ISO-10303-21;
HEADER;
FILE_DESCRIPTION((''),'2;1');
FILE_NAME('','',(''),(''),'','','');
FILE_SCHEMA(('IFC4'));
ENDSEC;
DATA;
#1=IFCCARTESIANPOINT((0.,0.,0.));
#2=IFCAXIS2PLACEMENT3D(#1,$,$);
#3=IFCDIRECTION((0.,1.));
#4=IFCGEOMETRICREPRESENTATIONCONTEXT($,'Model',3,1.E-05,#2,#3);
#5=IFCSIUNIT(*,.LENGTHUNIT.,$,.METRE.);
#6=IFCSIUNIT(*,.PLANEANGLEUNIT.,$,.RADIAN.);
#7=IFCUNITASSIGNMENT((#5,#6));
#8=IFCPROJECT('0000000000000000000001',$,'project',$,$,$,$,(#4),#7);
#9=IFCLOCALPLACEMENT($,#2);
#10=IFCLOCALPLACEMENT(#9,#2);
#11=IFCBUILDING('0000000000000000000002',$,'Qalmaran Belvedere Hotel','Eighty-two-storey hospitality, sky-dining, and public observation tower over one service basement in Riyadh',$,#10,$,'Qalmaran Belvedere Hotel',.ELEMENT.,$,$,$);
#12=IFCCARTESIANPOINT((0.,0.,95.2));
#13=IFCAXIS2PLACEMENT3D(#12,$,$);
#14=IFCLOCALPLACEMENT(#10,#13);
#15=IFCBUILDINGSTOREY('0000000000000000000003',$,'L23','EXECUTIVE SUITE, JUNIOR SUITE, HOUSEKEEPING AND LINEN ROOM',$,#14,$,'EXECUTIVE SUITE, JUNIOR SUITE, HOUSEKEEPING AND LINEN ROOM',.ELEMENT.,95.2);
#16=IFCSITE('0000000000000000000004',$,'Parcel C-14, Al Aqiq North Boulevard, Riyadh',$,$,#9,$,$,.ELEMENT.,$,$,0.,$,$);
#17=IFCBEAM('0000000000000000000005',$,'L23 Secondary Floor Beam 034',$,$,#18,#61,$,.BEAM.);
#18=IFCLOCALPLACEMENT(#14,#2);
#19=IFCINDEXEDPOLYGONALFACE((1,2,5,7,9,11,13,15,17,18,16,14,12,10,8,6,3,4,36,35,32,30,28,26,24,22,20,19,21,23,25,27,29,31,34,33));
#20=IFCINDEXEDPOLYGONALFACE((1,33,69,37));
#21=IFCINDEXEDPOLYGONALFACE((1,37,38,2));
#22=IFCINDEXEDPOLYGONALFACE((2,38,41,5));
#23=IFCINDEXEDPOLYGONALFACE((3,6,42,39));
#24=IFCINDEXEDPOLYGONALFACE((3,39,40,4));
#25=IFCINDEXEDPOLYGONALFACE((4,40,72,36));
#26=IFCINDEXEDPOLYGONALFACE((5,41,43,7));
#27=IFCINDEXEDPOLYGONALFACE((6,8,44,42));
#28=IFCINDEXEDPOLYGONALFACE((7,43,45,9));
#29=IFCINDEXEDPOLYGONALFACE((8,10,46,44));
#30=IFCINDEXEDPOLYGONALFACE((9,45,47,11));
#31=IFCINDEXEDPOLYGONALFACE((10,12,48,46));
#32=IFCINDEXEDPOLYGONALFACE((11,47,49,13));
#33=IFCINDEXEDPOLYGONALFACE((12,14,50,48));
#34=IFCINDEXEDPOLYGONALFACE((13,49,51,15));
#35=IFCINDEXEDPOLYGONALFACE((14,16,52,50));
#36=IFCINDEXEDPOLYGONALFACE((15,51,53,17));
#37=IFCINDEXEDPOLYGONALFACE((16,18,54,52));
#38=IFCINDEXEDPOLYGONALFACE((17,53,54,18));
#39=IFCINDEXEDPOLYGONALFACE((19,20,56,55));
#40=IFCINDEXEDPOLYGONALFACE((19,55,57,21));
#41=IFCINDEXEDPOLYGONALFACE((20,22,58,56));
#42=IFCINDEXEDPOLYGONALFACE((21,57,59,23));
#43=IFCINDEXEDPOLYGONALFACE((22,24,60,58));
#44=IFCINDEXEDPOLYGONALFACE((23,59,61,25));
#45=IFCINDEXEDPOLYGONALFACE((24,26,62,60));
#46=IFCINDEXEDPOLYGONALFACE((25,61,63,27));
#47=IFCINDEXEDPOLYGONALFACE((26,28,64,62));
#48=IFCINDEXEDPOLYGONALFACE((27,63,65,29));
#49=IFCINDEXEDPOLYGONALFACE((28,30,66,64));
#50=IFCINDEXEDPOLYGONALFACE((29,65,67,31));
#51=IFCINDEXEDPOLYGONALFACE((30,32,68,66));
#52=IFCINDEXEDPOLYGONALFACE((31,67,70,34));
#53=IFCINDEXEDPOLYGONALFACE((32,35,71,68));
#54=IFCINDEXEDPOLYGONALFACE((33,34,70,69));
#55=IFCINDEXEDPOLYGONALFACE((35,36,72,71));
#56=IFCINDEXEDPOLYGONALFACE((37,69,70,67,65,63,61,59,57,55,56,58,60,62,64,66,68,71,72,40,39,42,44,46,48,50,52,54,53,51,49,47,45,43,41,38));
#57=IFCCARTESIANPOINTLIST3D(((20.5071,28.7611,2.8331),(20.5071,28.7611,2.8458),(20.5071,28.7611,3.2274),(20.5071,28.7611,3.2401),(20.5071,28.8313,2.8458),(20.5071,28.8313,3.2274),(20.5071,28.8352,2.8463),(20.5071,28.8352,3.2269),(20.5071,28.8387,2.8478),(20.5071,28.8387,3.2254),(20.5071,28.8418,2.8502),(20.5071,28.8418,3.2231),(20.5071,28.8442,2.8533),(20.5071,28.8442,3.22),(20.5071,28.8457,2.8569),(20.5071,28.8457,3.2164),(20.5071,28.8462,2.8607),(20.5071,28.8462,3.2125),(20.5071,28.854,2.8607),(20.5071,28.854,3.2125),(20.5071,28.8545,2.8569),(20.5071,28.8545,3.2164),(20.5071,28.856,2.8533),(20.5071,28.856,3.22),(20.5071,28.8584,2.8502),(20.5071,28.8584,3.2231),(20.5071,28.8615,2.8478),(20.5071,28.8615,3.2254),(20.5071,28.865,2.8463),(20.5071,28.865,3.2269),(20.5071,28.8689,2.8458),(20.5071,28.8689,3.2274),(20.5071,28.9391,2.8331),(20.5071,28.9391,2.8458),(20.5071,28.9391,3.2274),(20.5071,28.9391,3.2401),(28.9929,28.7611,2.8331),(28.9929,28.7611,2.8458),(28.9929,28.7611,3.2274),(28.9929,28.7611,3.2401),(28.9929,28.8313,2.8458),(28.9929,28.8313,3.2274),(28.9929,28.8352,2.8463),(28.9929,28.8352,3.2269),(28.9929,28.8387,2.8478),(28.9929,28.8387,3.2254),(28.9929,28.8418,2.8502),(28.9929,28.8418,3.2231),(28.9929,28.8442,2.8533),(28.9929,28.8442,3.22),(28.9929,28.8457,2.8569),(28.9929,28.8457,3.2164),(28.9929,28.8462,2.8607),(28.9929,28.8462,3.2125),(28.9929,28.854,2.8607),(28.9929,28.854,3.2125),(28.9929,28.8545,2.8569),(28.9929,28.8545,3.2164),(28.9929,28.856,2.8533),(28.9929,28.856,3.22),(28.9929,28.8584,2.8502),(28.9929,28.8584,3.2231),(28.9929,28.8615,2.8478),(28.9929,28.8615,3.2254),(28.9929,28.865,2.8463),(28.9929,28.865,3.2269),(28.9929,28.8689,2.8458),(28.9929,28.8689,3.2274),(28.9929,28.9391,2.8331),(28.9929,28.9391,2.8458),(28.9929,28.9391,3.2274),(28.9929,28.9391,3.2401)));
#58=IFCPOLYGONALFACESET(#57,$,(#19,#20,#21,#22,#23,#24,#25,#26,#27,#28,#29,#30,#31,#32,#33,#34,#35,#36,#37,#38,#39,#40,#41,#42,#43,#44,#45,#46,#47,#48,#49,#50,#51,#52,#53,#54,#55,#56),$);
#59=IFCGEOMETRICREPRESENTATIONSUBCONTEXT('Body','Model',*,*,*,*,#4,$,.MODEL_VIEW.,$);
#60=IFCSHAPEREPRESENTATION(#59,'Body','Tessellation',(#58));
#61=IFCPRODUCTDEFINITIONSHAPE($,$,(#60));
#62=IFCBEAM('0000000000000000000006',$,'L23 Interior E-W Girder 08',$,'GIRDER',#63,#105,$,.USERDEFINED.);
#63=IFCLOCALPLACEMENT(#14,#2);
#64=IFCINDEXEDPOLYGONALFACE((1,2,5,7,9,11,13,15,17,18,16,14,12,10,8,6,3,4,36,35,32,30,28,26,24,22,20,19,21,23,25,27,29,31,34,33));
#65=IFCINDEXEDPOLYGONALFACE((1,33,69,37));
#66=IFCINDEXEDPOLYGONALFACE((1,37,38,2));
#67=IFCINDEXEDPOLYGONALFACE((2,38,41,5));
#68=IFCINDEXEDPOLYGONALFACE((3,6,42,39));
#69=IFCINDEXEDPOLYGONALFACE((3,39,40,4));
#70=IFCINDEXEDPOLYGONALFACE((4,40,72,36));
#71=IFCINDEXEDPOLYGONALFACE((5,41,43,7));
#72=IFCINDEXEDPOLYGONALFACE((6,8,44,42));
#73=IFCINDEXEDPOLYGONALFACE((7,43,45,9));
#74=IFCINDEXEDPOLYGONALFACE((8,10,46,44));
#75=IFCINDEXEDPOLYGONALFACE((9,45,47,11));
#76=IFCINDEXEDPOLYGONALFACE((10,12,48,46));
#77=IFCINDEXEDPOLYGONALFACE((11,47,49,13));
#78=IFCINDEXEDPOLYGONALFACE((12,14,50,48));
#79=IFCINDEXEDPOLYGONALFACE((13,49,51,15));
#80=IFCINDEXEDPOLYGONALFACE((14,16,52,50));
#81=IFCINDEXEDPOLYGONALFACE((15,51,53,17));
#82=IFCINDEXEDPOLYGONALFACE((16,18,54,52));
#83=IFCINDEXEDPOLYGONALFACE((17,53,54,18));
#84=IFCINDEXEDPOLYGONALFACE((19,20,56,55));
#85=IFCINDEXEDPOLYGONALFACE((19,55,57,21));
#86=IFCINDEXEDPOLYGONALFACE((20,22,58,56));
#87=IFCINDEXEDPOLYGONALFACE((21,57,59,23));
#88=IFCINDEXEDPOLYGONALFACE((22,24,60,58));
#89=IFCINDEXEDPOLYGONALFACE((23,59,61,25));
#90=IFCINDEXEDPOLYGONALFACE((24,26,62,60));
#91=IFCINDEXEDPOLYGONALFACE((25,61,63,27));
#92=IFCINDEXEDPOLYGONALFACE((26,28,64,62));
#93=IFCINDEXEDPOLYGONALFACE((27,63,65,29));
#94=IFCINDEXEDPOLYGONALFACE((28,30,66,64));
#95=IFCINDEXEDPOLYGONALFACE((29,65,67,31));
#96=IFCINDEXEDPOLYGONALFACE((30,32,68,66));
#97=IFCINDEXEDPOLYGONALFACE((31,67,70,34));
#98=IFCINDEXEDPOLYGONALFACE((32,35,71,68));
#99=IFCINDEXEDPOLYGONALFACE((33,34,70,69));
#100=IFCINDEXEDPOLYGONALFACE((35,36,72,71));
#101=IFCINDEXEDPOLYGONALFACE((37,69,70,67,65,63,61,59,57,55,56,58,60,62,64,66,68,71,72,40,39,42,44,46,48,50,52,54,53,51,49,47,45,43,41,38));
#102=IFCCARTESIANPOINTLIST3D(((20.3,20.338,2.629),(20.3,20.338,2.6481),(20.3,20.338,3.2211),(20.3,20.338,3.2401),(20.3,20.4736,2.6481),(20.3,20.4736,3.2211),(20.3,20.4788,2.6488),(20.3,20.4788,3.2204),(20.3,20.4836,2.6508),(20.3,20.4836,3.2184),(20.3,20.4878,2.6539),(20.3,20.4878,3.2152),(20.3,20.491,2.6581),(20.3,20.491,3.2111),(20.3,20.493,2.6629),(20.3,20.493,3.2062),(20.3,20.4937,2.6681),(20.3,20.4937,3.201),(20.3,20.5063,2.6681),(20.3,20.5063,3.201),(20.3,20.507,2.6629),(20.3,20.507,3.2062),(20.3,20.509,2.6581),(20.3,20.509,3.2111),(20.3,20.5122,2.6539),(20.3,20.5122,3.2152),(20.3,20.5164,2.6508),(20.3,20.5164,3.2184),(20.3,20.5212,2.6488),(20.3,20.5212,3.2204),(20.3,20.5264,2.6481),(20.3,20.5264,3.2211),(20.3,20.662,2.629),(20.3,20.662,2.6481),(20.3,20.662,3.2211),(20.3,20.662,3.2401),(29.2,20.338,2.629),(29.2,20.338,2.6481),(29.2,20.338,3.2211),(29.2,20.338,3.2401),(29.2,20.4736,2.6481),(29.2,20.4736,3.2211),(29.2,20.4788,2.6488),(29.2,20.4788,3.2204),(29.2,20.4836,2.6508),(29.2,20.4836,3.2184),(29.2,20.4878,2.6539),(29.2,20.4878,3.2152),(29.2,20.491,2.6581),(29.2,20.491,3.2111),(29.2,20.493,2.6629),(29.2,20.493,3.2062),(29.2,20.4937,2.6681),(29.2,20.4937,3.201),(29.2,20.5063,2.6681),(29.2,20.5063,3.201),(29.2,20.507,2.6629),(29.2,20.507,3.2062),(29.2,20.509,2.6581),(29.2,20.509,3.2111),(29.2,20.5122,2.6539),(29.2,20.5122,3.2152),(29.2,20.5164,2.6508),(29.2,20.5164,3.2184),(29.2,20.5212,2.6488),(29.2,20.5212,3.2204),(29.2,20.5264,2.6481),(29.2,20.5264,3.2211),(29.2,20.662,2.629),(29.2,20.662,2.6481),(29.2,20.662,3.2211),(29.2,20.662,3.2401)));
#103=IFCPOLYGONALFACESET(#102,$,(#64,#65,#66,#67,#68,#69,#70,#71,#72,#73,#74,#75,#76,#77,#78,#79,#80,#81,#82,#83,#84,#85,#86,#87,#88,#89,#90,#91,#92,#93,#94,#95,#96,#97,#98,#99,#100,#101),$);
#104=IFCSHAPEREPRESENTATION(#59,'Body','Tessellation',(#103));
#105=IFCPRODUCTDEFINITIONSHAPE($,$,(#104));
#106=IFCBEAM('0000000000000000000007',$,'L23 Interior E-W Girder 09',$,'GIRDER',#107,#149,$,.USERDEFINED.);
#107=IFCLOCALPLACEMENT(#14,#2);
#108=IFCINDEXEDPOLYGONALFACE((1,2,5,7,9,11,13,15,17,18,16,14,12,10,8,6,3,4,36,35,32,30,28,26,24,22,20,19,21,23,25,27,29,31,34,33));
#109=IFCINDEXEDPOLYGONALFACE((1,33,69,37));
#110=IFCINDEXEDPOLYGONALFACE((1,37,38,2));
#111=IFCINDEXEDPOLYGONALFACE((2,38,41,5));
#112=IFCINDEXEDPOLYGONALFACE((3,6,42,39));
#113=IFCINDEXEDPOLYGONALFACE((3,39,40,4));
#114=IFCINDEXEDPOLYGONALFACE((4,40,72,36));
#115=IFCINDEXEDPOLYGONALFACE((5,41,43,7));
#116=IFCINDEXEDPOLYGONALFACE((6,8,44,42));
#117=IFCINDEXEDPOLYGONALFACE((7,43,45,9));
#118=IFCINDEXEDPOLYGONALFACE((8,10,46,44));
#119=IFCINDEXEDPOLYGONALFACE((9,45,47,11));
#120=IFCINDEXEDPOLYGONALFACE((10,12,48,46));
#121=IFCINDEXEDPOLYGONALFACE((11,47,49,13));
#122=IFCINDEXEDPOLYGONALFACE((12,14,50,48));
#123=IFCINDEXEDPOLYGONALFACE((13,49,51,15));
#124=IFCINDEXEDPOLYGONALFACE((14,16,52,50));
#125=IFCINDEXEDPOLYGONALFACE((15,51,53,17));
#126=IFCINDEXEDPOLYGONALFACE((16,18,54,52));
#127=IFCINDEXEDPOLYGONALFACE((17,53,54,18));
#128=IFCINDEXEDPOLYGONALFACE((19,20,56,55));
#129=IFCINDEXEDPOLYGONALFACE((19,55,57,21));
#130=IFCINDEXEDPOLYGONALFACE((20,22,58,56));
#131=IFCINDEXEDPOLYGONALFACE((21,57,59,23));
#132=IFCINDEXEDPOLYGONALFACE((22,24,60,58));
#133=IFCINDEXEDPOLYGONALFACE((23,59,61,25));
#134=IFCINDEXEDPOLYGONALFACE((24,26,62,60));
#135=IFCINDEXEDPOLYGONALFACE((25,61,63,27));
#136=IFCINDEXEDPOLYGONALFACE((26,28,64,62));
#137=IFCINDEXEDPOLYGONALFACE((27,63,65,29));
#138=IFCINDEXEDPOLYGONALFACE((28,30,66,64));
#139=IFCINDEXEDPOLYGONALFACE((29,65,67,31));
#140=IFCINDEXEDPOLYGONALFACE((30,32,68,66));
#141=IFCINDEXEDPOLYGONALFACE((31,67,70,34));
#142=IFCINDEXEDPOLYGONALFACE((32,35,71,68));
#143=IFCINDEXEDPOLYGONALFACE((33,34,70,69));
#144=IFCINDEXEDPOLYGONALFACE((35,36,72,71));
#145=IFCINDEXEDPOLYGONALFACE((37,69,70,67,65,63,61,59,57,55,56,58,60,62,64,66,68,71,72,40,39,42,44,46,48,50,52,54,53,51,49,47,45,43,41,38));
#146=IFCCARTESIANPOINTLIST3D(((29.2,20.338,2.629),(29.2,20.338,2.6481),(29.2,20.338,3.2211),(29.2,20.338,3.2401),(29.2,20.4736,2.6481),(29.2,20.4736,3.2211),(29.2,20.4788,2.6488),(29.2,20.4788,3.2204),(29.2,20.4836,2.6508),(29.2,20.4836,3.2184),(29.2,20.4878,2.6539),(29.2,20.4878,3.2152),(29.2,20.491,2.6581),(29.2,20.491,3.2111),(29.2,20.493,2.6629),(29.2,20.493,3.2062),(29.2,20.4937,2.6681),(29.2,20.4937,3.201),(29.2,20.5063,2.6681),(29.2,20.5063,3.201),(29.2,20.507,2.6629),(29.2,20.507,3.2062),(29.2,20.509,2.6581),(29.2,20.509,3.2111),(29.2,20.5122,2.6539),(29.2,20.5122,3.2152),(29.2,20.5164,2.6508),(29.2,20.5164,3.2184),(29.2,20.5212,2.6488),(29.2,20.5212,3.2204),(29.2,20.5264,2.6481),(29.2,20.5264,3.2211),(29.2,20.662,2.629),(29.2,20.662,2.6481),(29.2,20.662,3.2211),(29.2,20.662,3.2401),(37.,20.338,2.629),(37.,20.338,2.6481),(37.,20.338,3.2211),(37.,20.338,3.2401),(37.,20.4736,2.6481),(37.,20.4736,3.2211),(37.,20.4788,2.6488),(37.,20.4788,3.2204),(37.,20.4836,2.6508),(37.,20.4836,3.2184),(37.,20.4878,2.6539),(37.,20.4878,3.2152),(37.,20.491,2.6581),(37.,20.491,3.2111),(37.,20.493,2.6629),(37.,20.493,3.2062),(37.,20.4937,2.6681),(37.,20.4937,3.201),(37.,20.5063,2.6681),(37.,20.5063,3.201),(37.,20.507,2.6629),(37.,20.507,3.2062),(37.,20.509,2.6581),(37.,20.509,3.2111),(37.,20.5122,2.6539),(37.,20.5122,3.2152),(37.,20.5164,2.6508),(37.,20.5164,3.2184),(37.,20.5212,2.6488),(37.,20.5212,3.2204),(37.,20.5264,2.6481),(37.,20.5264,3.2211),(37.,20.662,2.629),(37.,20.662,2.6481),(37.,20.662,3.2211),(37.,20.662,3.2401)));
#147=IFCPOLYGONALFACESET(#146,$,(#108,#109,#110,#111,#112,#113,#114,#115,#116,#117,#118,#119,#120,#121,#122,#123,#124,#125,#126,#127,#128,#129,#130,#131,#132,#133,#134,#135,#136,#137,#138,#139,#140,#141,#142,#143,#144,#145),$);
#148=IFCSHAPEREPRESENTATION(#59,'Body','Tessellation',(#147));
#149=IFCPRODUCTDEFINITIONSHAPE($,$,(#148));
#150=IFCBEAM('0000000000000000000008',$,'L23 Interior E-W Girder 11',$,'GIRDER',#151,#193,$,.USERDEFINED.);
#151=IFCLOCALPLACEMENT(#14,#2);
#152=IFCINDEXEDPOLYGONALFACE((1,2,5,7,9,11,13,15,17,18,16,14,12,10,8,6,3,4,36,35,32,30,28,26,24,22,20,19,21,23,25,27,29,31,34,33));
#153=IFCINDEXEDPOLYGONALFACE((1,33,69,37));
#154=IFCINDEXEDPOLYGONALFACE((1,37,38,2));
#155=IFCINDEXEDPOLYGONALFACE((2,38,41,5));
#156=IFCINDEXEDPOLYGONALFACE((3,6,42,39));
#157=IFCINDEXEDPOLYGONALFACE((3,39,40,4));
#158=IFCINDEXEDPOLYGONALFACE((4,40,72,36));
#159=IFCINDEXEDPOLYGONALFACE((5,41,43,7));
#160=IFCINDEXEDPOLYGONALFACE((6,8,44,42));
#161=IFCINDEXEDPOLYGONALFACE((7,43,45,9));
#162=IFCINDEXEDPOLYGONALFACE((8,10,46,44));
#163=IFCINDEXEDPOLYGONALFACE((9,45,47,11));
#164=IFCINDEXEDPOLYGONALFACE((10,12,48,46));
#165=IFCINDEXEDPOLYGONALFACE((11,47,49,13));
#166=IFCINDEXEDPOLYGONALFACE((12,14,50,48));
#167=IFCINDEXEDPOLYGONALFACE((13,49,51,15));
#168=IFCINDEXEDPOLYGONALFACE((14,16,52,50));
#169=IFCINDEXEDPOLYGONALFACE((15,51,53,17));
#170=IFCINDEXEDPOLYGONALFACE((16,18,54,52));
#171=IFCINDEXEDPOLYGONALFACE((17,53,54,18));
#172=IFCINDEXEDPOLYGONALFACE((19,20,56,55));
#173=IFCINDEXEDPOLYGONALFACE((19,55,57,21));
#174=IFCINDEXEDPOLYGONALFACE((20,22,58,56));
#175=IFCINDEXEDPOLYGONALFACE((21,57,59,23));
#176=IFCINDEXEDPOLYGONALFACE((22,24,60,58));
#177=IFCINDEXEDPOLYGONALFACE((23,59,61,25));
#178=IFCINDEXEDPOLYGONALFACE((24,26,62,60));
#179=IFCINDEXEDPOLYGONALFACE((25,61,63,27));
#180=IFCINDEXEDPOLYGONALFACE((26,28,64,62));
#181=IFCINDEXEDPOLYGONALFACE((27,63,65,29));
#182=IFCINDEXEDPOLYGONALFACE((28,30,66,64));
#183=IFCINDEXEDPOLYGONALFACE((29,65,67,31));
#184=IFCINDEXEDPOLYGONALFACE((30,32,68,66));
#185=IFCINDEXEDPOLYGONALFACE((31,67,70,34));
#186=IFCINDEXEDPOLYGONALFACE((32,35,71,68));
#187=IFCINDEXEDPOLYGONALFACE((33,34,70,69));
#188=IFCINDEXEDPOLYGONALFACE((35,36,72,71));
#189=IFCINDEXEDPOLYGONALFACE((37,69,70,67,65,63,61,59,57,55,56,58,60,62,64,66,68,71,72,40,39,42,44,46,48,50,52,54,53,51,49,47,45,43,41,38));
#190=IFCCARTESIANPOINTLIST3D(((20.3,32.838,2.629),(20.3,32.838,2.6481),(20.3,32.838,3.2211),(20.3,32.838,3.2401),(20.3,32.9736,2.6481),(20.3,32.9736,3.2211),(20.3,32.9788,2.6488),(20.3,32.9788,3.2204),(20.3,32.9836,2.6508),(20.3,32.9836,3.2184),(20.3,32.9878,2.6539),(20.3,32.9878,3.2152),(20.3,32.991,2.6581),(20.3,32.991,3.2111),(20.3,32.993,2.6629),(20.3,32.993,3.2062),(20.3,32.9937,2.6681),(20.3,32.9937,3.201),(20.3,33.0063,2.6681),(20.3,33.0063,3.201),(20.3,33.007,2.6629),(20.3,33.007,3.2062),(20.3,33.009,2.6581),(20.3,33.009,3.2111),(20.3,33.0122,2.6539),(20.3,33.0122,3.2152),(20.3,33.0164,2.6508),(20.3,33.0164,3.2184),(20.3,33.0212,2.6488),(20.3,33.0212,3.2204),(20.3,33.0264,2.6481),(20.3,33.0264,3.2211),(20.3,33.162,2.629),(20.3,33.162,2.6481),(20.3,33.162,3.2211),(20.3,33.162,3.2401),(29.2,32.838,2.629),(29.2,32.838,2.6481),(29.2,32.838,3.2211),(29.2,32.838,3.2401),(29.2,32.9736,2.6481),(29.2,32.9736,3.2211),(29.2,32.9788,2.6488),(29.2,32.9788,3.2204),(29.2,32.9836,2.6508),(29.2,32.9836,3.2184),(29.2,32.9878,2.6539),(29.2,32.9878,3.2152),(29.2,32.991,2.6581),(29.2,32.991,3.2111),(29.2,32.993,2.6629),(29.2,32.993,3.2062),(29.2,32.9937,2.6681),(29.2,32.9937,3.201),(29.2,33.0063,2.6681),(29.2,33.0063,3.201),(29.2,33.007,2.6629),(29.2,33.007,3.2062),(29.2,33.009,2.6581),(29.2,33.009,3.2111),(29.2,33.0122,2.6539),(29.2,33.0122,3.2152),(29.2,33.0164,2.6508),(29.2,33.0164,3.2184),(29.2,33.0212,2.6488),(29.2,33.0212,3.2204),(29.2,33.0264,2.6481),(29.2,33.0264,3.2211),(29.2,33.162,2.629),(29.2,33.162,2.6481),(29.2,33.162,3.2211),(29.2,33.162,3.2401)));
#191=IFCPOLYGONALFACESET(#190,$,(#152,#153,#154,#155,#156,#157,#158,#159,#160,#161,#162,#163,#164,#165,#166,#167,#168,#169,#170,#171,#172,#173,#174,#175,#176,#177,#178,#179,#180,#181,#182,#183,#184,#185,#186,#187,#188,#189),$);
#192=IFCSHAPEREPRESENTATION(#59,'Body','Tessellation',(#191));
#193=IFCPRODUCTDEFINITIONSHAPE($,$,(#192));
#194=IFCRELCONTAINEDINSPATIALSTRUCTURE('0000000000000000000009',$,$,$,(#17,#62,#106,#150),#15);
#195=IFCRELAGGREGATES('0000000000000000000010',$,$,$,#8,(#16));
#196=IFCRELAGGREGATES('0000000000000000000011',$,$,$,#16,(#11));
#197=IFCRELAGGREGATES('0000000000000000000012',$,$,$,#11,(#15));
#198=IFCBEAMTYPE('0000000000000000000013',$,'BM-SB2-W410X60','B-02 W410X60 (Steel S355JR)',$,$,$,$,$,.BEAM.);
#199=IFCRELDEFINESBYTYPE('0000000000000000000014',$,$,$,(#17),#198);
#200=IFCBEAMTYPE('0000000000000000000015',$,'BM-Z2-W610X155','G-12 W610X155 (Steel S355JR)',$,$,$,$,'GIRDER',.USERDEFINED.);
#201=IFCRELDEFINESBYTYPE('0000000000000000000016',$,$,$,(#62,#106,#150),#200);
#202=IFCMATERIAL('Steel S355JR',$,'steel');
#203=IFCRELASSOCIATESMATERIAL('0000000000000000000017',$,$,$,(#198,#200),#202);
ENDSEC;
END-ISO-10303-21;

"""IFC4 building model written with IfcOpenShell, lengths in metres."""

from ifc_helpers import new_model, si_unit, direction, frame, origin, origin_2d, place, context, subcontext, project, spatial, i_section, extrude, material, material_profile, profile_set, type_object, element, save


model = new_model("IFC4")

# Units and contexts
model_context = context("Model", 3, precision=1e-05, world=origin(), true_north=direction((0.0, 1.0)))
body_context = subcontext(model_context, "Body", "Model", "MODEL_VIEW")
ifc_project = project(units=[si_unit("LENGTHUNIT", "METRE"), si_unit("PLANEANGLEUNIT", "RADIAN")], contexts=[model_context])

# Site, building, storey
site_placement = place(None, origin())
site = spatial("IfcSite", under=ifc_project, at=site_placement, Name="Parcel C-14, Al Aqiq North Boulevard, Riyadh", CompositionType="ELEMENT", RefElevation=0.0)
building_placement = place(site_placement, origin())
building = spatial("IfcBuilding", under=site, at=building_placement, Name="Qalmaran Belvedere Hotel", Description="Eighty-two-storey hospitality, sky-dining, and public observation tower over one service basement in Riyadh", LongName="Qalmaran Belvedere Hotel", CompositionType="ELEMENT")
storey_placement = place(building_placement, frame((0.0, 0.0, 95.2)))
storey = spatial("IfcBuildingStorey", under=building, at=storey_placement, Name="L23", Description="EXECUTIVE SUITE, JUNIOR SUITE, HOUSEKEEPING AND LINEN ROOM", LongName="EXECUTIVE SUITE, JUNIOR SUITE, HOUSEKEEPING AND LINEN ROOM", CompositionType="ELEMENT", Elevation=95.2)

# Beams
ifc_material_1 = material(Name="Steel S355JR", Category="steel")
ifc_material_profile_1 = material_profile(ifc_material_1, i_section(OverallWidth=0.178, OverallDepth=0.407, WebThickness=0.0078, FlangeThickness=0.0127, FilletRadius=0.0149, at=origin_2d()), Name="W410X60")
ifc_profile_set_1 = profile_set([ifc_material_profile_1], Name="Steel S355JR")
beam_type_1 = type_object("IfcBeamType", Name="BM-SB2-W410X60", Description="B-02 W410X60 (Steel S355JR)", PredefinedType="BEAM", material=ifc_profile_set_1)
for number, where, z_axis, x_axis, name in (
    (1, (20.5071, 28.8501, 3.0366), (1.0, 0.0, 0.0), (0.0, 1.0, 0.0), "L23 Secondary Floor Beam 034"),
):
    element("IfcBeam", number, at=place(storey_placement, frame(where, z_axis=z_axis, x_axis=x_axis)), inside=storey, type_object=beam_type_1, Name=name, PredefinedType="BEAM", context=body_context, shape_type="SweptSolid", body=[
        extrude(i_section(OverallWidth=0.178, OverallDepth=0.407, WebThickness=0.0078, FlangeThickness=0.0127, FilletRadius=0.0149, at=origin_2d()), origin(), (0.0, 0.0, 1.0), 8.4858),
    ])
ifc_material_profile_2 = material_profile(ifc_material_1, i_section(OverallWidth=0.324, OverallDepth=0.6111, WebThickness=0.0127, FlangeThickness=0.019, FilletRadius=0.02, at=origin_2d()), Name="W610X155")
ifc_profile_set_2 = profile_set([ifc_material_profile_2], Name="Steel S355JR")
beam_type_2 = type_object("IfcBeamType", Name="BM-Z2-W610X155", Description="G-12 W610X155 (Steel S355JR)", ElementType="GIRDER", PredefinedType="USERDEFINED", material=ifc_profile_set_2)
beam_1_placement = place(storey_placement, frame((20.3, 20.5, 2.9346), z_axis=(1.0, 0.0, 0.0), x_axis=(0.0, 1.0, 0.0)))
element("IfcBeam", 2, at=beam_1_placement, inside=storey, type_object=beam_type_2, Name="L23 Interior E-W Girder 08", ObjectType="GIRDER", PredefinedType="USERDEFINED", context=body_context, shape_type="SweptSolid", body=[
    extrude(i_section(OverallWidth=0.324, OverallDepth=0.6111, WebThickness=0.0127, FlangeThickness=0.019, FilletRadius=0.02, at=origin_2d()), origin(), (0.0, 0.0, 1.0), 8.8999),
])
beam_2_placement = place(storey_placement, frame((29.2, 20.5, 2.9346), z_axis=(1.0, 0.0, 0.0), x_axis=(0.0, 1.0, 0.0)))
element("IfcBeam", 3, at=beam_2_placement, inside=storey, type_object=beam_type_2, Name="L23 Interior E-W Girder 09", ObjectType="GIRDER", PredefinedType="USERDEFINED", context=body_context, shape_type="SweptSolid", body=[
    extrude(i_section(OverallWidth=0.324, OverallDepth=0.6111, WebThickness=0.0127, FlangeThickness=0.019, FilletRadius=0.02, at=origin_2d()), origin(), (0.0, 0.0, 1.0), 7.8),
])
beam_3_placement = place(storey_placement, frame((20.3, 33.0, 2.9346), z_axis=(1.0, 0.0, 0.0), x_axis=(0.0, 1.0, 0.0)))
element("IfcBeam", 4, at=beam_3_placement, inside=storey, type_object=beam_type_2, Name="L23 Interior E-W Girder 11", ObjectType="GIRDER", PredefinedType="USERDEFINED", context=body_context, shape_type="SweptSolid", body=[
    extrude(i_section(OverallWidth=0.324, OverallDepth=0.6111, WebThickness=0.0127, FlangeThickness=0.019, FilletRadius=0.02, at=origin_2d()), origin(), (0.0, 0.0, 1.0), 8.8999),
])

save(model, "model.ifc")
